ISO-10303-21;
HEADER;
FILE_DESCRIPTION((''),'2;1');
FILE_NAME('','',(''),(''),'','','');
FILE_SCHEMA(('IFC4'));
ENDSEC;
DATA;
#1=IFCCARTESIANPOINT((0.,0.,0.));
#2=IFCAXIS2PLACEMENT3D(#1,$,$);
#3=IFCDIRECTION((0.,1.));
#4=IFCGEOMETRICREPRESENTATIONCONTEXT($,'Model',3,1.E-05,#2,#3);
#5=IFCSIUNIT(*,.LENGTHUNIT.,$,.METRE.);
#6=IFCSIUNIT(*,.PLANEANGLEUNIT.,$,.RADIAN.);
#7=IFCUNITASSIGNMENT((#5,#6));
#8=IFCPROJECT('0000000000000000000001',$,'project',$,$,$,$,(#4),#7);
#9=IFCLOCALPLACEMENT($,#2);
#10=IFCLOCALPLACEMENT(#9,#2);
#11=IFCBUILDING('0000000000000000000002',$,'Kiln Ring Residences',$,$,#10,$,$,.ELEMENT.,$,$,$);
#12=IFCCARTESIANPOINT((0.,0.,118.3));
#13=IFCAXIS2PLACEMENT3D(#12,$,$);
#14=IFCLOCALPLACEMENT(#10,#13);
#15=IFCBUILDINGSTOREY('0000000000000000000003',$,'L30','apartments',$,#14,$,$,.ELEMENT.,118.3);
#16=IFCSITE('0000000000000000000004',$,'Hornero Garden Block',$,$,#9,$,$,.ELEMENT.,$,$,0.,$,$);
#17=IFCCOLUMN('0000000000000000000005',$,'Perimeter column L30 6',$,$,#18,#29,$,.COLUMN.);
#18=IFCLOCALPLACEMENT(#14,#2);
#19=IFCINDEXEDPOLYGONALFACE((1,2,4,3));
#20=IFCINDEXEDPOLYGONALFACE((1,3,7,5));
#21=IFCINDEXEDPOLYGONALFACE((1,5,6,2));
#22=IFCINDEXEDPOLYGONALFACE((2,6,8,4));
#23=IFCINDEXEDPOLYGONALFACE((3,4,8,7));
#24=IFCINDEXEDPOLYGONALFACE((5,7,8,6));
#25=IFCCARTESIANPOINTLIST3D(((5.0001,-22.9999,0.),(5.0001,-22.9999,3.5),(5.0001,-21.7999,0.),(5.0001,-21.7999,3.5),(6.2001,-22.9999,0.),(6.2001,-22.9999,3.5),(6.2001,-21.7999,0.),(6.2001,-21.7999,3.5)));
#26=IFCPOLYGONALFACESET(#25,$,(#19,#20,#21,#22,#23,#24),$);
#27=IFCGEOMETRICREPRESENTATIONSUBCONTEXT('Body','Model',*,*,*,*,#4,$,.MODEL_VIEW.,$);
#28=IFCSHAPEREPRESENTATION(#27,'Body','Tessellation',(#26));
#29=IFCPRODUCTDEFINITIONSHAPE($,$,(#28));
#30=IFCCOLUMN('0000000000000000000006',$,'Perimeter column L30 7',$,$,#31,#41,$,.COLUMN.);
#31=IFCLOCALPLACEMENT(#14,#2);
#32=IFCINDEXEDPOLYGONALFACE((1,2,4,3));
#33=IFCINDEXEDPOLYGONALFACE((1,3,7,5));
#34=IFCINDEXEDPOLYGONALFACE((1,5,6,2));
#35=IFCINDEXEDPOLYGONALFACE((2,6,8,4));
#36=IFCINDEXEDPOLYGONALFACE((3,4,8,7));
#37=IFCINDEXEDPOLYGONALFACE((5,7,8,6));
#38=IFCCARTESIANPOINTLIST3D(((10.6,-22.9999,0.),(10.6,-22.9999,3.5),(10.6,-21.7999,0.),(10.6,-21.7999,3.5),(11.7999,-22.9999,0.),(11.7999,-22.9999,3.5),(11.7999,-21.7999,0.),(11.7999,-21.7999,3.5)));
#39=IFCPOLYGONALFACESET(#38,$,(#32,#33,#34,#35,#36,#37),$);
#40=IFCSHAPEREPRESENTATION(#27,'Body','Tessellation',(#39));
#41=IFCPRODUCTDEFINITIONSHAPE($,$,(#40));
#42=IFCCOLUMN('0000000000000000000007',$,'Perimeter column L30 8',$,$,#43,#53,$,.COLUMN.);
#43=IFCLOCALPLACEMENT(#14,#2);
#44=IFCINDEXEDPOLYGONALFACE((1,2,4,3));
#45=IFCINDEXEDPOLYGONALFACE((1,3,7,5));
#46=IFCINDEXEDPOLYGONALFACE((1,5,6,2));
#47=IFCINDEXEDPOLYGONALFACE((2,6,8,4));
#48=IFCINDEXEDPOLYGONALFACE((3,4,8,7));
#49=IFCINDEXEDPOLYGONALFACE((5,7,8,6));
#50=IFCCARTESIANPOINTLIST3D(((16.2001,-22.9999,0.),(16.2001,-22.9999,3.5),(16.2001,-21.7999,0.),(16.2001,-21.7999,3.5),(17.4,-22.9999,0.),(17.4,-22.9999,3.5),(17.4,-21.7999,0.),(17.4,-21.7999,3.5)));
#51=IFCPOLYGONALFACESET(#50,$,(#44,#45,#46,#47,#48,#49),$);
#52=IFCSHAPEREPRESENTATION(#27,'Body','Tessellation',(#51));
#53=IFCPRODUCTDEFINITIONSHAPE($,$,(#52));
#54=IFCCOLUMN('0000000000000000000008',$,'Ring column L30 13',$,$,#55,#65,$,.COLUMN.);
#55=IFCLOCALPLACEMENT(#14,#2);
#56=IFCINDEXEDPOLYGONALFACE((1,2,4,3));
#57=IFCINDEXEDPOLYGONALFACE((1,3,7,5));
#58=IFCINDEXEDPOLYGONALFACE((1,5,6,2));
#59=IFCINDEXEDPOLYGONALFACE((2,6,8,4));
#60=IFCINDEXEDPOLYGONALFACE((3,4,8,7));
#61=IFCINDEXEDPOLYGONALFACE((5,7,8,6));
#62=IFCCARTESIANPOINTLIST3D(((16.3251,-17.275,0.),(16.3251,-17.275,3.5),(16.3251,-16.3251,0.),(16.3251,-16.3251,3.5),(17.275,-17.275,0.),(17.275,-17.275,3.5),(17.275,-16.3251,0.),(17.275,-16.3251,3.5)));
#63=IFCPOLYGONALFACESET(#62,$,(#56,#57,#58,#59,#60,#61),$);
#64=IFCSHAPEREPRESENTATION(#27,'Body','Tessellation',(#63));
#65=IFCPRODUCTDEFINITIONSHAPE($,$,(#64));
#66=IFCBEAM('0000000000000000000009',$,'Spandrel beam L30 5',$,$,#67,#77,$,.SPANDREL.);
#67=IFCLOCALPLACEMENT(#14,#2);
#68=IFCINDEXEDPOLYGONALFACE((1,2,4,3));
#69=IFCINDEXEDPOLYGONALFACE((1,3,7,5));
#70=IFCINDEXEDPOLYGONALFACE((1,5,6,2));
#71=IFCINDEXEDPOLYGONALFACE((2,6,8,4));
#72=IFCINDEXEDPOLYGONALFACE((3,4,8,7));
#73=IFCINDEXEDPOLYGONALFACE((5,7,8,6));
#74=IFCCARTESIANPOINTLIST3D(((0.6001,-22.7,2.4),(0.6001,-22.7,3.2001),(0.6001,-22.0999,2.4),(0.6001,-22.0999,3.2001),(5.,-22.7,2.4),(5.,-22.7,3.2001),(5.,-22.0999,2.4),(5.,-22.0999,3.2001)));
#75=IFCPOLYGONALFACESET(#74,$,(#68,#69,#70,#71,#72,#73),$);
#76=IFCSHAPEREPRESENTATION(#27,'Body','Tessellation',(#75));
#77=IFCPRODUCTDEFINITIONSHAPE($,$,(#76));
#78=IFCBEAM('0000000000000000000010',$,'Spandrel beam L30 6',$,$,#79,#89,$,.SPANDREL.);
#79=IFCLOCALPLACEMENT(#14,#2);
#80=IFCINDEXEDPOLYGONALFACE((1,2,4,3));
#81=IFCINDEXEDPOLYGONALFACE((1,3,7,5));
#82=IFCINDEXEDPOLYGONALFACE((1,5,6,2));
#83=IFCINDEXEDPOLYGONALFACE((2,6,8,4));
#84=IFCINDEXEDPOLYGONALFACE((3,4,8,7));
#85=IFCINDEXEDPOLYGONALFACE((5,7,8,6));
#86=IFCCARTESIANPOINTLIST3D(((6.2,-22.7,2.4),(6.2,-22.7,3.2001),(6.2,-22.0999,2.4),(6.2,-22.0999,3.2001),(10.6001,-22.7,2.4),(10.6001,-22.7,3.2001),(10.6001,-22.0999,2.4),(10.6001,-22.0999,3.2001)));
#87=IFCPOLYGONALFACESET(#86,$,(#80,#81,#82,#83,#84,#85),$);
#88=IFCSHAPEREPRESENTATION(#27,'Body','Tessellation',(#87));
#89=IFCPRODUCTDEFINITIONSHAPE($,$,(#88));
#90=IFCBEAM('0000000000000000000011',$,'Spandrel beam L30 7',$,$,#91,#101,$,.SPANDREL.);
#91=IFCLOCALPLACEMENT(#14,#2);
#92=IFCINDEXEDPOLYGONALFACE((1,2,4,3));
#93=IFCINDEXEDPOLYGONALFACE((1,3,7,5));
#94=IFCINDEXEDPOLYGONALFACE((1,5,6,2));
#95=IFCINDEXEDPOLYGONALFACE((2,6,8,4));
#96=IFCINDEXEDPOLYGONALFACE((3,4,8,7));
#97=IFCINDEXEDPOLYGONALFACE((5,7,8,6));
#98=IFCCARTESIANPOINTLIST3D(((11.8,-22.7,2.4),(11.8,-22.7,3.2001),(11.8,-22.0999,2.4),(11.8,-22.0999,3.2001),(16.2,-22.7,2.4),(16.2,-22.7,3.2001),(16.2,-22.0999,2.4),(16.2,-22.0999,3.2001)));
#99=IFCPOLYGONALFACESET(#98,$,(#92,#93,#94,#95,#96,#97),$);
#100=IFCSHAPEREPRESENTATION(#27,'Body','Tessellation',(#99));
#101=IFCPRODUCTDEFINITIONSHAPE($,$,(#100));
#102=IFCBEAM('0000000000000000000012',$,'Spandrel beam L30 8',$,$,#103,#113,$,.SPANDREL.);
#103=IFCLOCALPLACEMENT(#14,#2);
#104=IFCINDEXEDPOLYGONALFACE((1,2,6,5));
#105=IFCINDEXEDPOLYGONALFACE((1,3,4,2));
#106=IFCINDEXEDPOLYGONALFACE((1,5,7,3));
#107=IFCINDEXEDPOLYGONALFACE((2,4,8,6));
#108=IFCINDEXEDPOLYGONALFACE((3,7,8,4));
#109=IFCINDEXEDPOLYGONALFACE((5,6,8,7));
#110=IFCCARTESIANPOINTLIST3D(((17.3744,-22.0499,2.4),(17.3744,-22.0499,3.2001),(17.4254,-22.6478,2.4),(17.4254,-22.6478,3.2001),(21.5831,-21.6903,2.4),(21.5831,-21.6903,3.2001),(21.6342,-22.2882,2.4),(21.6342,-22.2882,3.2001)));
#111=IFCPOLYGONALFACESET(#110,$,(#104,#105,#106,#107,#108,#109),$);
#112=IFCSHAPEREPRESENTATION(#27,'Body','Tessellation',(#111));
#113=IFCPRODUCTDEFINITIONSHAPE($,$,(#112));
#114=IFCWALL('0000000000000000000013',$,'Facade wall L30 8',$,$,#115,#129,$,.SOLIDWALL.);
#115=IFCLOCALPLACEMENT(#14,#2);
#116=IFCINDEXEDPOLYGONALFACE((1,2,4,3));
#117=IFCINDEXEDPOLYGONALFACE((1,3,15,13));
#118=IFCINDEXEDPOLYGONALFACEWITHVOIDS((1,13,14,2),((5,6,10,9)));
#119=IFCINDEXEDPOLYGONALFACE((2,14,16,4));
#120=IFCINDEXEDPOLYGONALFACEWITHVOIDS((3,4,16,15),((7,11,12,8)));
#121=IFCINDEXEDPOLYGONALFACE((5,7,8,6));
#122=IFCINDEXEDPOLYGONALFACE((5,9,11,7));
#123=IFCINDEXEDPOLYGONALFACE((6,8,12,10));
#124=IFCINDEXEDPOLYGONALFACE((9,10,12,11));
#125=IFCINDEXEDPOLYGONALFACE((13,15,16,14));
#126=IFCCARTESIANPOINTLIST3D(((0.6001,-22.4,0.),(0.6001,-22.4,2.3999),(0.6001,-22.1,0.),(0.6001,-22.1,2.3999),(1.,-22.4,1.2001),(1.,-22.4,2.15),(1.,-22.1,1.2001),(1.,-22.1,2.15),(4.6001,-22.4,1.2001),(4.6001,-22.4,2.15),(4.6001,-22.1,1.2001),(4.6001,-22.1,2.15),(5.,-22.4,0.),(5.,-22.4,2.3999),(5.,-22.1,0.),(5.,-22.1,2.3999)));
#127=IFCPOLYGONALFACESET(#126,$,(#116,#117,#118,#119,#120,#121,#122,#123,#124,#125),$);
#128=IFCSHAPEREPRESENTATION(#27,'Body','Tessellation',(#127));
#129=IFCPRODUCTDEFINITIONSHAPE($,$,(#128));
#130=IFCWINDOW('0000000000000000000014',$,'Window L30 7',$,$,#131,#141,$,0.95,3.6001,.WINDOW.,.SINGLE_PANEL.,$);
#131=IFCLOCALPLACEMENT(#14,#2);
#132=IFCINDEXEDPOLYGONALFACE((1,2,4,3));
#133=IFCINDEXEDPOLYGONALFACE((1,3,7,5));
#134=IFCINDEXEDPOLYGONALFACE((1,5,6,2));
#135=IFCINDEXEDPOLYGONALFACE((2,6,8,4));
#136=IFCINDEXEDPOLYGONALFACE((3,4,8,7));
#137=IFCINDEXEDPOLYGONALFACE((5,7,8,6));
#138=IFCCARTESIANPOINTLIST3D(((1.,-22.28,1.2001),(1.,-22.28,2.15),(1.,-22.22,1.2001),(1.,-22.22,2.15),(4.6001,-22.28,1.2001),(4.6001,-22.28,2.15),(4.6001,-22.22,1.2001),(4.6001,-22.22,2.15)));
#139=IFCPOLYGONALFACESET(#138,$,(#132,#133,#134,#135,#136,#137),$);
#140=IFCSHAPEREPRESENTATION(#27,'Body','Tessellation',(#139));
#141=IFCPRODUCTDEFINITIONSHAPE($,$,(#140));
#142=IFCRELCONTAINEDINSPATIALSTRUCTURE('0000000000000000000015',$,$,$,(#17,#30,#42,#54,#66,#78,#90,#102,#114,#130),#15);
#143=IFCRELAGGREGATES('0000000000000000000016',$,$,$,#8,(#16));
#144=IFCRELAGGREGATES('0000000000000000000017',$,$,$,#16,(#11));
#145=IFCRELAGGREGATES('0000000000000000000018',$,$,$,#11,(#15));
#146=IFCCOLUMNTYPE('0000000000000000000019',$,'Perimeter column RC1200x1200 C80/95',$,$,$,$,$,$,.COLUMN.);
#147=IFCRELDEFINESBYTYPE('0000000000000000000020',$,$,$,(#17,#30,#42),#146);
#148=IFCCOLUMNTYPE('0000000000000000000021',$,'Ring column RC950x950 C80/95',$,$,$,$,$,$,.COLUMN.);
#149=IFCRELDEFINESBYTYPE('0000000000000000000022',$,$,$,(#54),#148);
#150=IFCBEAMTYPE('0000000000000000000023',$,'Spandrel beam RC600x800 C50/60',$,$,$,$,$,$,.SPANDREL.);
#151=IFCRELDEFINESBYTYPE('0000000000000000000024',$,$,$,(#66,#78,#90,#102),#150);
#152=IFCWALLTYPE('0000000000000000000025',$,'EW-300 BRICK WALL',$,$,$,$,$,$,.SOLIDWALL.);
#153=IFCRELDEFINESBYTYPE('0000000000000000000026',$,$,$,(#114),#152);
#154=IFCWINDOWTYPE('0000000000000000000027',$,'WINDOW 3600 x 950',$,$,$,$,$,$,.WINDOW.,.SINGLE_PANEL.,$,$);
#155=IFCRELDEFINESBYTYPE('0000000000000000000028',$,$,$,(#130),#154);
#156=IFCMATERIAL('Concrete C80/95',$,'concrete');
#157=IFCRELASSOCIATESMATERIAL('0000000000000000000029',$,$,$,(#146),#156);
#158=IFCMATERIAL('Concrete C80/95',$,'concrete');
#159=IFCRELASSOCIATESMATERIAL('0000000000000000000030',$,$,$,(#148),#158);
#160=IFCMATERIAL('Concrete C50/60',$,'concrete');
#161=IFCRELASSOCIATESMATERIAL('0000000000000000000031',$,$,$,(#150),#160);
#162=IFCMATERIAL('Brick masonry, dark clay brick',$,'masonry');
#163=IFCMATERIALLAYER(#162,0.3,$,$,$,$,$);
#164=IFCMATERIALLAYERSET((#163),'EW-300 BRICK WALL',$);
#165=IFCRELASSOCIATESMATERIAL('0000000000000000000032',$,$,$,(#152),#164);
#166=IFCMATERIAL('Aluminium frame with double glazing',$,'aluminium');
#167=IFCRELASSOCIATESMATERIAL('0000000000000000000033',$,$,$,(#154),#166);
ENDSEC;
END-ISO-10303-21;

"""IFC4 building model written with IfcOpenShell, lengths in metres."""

from ifc_helpers import new_model, si_unit, direction, frame, frame_2d, origin, origin_2d, place, context, subcontext, project, spatial, rectangle, extrude, material, layer, layer_set, material_profile, profile_set, type_object, element, fill, save


model = new_model("IFC4")

# Units and contexts
model_context = context("Model", 3, precision=1e-05, world=origin(), true_north=direction((0.0, 1.0)))
body_context = subcontext(model_context, "Body", "Model", "MODEL_VIEW")
ifc_project = project(units=[si_unit("LENGTHUNIT", "METRE"), si_unit("PLANEANGLEUNIT", "RADIAN")], contexts=[model_context])

# Site, building, storey
site_placement = place(None, origin())
site = spatial("IfcSite", under=ifc_project, at=site_placement, Name="Hornero Garden Block", CompositionType="ELEMENT", RefElevation=0.0)
building_placement = place(site_placement, origin())
building = spatial("IfcBuilding", under=site, at=building_placement, Name="Kiln Ring Residences", CompositionType="ELEMENT")
storey_placement = place(building_placement, frame((0.0, 0.0, 118.3)))
storey = spatial("IfcBuildingStorey", under=building, at=storey_placement, Name="L30", Description="apartments", CompositionType="ELEMENT", Elevation=118.3)

# Columns
ifc_material_1 = material(Name="Concrete C80/95", Category="concrete")
ifc_material_profile_1 = material_profile(ifc_material_1, rectangle(XDim=1.2, YDim=1.2, at=origin_2d()), Name="RC1200x1200")
ifc_profile_set_1 = profile_set([ifc_material_profile_1], Name="Concrete C80/95")
column_type_1 = type_object("IfcColumnType", Name="Perimeter column RC1200x1200 C80/95", PredefinedType="COLUMN", material=ifc_profile_set_1)
for number, where, z_axis, x_axis, name in (
    (1, (5.6001, -22.3999, 0.0), (0.0, 0.0, 1.0), (1.0, 0.0, 0.0), "Perimeter column L30 6"),
    (2, (11.2, -22.3999, 0.0), (0.0, 0.0, 1.0), (1.0, 0.0, 0.0), "Perimeter column L30 7"),
    (3, (16.8, -22.3999, 0.0), (0.0, 0.0, 1.0), (1.0, 0.0, 0.0), "Perimeter column L30 8"),
):
    element("IfcColumn", number, at=place(storey_placement, frame(where, z_axis=z_axis, x_axis=x_axis)), inside=storey, type_object=column_type_1, Name=name, PredefinedType="COLUMN", context=body_context, shape_type="SweptSolid", body=[
        extrude(rectangle(XDim=1.2, YDim=1.2, at=origin_2d()), origin(), (0.0, 0.0, 1.0), 3.5),
    ])
ifc_material_2 = material(Name="Concrete C80/95", Category="concrete")
ifc_material_profile_2 = material_profile(ifc_material_2, rectangle(XDim=0.95, YDim=0.95, at=origin_2d()), Name="RC950x950")
ifc_profile_set_2 = profile_set([ifc_material_profile_2], Name="Concrete C80/95")
column_type_2 = type_object("IfcColumnType", Name="Ring column RC950x950 C80/95", PredefinedType="COLUMN", material=ifc_profile_set_2)
column_placement = place(storey_placement, frame((16.8, -16.8, 0.0), z_axis=(0.0, 0.0, 1.0), x_axis=(1.0, 0.0, 0.0)))
element("IfcColumn", 4, at=column_placement, inside=storey, type_object=column_type_2, Name="Ring column L30 13", PredefinedType="COLUMN", context=body_context, shape_type="SweptSolid", body=[
    extrude(rectangle(XDim=0.95, YDim=0.95, at=origin_2d()), origin(), (0.0, 0.0, 1.0), 3.5),
])

# Beams
ifc_material_3 = material(Name="Concrete C50/60", Category="concrete")
ifc_material_profile_3 = material_profile(ifc_material_3, rectangle(XDim=0.6001, YDim=0.8, at=origin_2d()), Name="RC600x800")
ifc_profile_set_3 = profile_set([ifc_material_profile_3], Name="Concrete C50/60")
beam_type = type_object("IfcBeamType", Name="Spandrel beam RC600x800 C50/60", PredefinedType="SPANDREL", material=ifc_profile_set_3)
beam_1_placement = place(storey_placement, frame((0.6001, -22.3999, 2.8), z_axis=(1.0, 0.0, 0.0), x_axis=(0.0, 1.0, 0.0)))
element("IfcBeam", 5, at=beam_1_placement, inside=storey, type_object=beam_type, Name="Spandrel beam L30 5", PredefinedType="SPANDREL", context=body_context, shape_type="SweptSolid", body=[
    extrude(rectangle(XDim=0.6001, YDim=0.8, at=origin_2d()), origin(), (0.0, 0.0, 1.0), 4.3999),
])
beam_2_placement = place(storey_placement, frame((6.2, -22.3999, 2.8), z_axis=(1.0, 0.0, 0.0), x_axis=(0.0, 1.0, 0.0)))
element("IfcBeam", 6, at=beam_2_placement, inside=storey, type_object=beam_type, Name="Spandrel beam L30 6", PredefinedType="SPANDREL", context=body_context, shape_type="SweptSolid", body=[
    extrude(rectangle(XDim=0.6001, YDim=0.8, at=origin_2d()), origin(), (0.0, 0.0, 1.0), 4.4001),
])
beam_3_placement = place(storey_placement, frame((11.8, -22.3999, 2.8), z_axis=(1.0, 0.0, 0.0), x_axis=(0.0, 1.0, 0.0)))
element("IfcBeam", 7, at=beam_3_placement, inside=storey, type_object=beam_type, Name="Spandrel beam L30 7", PredefinedType="SPANDREL", context=body_context, shape_type="SweptSolid", body=[
    extrude(rectangle(XDim=0.6001, YDim=0.8, at=origin_2d()), origin(), (0.0, 0.0, 1.0), 4.3999),
])
beam_4_placement = place(storey_placement, frame((17.3999, -22.3489, 2.8), z_axis=(0.996369, 0.085136, 0.0), x_axis=(-0.085136, 0.996369, 0.0)))
element("IfcBeam", 8, at=beam_4_placement, inside=storey, type_object=beam_type, Name="Spandrel beam L30 8", PredefinedType="SPANDREL", context=body_context, shape_type="SweptSolid", body=[
    extrude(rectangle(XDim=0.6001, YDim=0.8, at=origin_2d()), origin(), (0.0, 0.0, 1.0), 4.2241),
])

# Wall, opening, window
ifc_material_4 = material(Name="Brick masonry, dark clay brick", Category="masonry")
ifc_layer_1 = layer(ifc_material_4, 0.3)
ifc_layer_set_1 = layer_set([ifc_layer_1], Name="EW-300 BRICK WALL")
wall_type_1 = type_object("IfcWallType", Name="EW-300 BRICK WALL", PredefinedType="SOLIDWALL", material=ifc_layer_set_1)
wall_1_placement = place(storey_placement, frame((0.6001, -22.25, 0.0), z_axis=(0.0, 0.0, 1.0), x_axis=(1.0, 0.0, 0.0)))
wall_1 = element("IfcWall", 9, at=wall_1_placement, inside=storey, type_object=wall_type_1, Name="Facade wall L30 8", PredefinedType="SOLIDWALL", context=body_context, shape_type="SweptSolid", body=[
    extrude(rectangle(XDim=4.3999, YDim=0.3, at=frame_2d((2.2, 0.0))), origin(), (0.0, 0.0, 1.0), 2.3999),
])
opening_1_placement = place(wall_1_placement, frame((0.3999, 0.0, 1.2)))
opening_1 = element("IfcOpeningElement", 10, at=opening_1_placement, cuts=wall_1, PredefinedType="OPENING", context=body_context, shape_type="SweptSolid", body=[
    extrude(rectangle(XDim=3.6001, YDim=0.95, at=frame_2d((1.8, 0.4751))), frame((0.0, 0.1599, 0.0), z_axis=(0.0, -1.0, 0.0), x_axis=(1.0, 0.0, 0.0)), (0.0, 0.0, 1.0), 0.3201),
])
ifc_material_5 = material(Name="Aluminium frame with double glazing", Category="aluminium")
window_type_1 = type_object("IfcWindowType", Name="WINDOW 3600 x 950", PartitioningType="SINGLE_PANEL", PredefinedType="WINDOW", material=ifc_material_5)
window_1_placement = place(opening_1_placement, origin())
window_1 = element("IfcWindow", 11, at=window_1_placement, inside=storey, type_object=window_type_1, Name="Window L30 7", OverallHeight=0.95, OverallWidth=3.6001, PartitioningType="SINGLE_PANEL", PredefinedType="WINDOW", context=body_context, shape_type="SweptSolid", body=[
    extrude(rectangle(XDim=3.6001, YDim=0.95, at=frame_2d((1.8, 0.4751))), frame((0.0, 0.03, 0.0), z_axis=(0.0, -1.0, 0.0), x_axis=(1.0, 0.0, 0.0)), (0.0, 0.0, 1.0), 0.0601),
])
fill(opening_1, window_1)

save(model, "model.ifc")
